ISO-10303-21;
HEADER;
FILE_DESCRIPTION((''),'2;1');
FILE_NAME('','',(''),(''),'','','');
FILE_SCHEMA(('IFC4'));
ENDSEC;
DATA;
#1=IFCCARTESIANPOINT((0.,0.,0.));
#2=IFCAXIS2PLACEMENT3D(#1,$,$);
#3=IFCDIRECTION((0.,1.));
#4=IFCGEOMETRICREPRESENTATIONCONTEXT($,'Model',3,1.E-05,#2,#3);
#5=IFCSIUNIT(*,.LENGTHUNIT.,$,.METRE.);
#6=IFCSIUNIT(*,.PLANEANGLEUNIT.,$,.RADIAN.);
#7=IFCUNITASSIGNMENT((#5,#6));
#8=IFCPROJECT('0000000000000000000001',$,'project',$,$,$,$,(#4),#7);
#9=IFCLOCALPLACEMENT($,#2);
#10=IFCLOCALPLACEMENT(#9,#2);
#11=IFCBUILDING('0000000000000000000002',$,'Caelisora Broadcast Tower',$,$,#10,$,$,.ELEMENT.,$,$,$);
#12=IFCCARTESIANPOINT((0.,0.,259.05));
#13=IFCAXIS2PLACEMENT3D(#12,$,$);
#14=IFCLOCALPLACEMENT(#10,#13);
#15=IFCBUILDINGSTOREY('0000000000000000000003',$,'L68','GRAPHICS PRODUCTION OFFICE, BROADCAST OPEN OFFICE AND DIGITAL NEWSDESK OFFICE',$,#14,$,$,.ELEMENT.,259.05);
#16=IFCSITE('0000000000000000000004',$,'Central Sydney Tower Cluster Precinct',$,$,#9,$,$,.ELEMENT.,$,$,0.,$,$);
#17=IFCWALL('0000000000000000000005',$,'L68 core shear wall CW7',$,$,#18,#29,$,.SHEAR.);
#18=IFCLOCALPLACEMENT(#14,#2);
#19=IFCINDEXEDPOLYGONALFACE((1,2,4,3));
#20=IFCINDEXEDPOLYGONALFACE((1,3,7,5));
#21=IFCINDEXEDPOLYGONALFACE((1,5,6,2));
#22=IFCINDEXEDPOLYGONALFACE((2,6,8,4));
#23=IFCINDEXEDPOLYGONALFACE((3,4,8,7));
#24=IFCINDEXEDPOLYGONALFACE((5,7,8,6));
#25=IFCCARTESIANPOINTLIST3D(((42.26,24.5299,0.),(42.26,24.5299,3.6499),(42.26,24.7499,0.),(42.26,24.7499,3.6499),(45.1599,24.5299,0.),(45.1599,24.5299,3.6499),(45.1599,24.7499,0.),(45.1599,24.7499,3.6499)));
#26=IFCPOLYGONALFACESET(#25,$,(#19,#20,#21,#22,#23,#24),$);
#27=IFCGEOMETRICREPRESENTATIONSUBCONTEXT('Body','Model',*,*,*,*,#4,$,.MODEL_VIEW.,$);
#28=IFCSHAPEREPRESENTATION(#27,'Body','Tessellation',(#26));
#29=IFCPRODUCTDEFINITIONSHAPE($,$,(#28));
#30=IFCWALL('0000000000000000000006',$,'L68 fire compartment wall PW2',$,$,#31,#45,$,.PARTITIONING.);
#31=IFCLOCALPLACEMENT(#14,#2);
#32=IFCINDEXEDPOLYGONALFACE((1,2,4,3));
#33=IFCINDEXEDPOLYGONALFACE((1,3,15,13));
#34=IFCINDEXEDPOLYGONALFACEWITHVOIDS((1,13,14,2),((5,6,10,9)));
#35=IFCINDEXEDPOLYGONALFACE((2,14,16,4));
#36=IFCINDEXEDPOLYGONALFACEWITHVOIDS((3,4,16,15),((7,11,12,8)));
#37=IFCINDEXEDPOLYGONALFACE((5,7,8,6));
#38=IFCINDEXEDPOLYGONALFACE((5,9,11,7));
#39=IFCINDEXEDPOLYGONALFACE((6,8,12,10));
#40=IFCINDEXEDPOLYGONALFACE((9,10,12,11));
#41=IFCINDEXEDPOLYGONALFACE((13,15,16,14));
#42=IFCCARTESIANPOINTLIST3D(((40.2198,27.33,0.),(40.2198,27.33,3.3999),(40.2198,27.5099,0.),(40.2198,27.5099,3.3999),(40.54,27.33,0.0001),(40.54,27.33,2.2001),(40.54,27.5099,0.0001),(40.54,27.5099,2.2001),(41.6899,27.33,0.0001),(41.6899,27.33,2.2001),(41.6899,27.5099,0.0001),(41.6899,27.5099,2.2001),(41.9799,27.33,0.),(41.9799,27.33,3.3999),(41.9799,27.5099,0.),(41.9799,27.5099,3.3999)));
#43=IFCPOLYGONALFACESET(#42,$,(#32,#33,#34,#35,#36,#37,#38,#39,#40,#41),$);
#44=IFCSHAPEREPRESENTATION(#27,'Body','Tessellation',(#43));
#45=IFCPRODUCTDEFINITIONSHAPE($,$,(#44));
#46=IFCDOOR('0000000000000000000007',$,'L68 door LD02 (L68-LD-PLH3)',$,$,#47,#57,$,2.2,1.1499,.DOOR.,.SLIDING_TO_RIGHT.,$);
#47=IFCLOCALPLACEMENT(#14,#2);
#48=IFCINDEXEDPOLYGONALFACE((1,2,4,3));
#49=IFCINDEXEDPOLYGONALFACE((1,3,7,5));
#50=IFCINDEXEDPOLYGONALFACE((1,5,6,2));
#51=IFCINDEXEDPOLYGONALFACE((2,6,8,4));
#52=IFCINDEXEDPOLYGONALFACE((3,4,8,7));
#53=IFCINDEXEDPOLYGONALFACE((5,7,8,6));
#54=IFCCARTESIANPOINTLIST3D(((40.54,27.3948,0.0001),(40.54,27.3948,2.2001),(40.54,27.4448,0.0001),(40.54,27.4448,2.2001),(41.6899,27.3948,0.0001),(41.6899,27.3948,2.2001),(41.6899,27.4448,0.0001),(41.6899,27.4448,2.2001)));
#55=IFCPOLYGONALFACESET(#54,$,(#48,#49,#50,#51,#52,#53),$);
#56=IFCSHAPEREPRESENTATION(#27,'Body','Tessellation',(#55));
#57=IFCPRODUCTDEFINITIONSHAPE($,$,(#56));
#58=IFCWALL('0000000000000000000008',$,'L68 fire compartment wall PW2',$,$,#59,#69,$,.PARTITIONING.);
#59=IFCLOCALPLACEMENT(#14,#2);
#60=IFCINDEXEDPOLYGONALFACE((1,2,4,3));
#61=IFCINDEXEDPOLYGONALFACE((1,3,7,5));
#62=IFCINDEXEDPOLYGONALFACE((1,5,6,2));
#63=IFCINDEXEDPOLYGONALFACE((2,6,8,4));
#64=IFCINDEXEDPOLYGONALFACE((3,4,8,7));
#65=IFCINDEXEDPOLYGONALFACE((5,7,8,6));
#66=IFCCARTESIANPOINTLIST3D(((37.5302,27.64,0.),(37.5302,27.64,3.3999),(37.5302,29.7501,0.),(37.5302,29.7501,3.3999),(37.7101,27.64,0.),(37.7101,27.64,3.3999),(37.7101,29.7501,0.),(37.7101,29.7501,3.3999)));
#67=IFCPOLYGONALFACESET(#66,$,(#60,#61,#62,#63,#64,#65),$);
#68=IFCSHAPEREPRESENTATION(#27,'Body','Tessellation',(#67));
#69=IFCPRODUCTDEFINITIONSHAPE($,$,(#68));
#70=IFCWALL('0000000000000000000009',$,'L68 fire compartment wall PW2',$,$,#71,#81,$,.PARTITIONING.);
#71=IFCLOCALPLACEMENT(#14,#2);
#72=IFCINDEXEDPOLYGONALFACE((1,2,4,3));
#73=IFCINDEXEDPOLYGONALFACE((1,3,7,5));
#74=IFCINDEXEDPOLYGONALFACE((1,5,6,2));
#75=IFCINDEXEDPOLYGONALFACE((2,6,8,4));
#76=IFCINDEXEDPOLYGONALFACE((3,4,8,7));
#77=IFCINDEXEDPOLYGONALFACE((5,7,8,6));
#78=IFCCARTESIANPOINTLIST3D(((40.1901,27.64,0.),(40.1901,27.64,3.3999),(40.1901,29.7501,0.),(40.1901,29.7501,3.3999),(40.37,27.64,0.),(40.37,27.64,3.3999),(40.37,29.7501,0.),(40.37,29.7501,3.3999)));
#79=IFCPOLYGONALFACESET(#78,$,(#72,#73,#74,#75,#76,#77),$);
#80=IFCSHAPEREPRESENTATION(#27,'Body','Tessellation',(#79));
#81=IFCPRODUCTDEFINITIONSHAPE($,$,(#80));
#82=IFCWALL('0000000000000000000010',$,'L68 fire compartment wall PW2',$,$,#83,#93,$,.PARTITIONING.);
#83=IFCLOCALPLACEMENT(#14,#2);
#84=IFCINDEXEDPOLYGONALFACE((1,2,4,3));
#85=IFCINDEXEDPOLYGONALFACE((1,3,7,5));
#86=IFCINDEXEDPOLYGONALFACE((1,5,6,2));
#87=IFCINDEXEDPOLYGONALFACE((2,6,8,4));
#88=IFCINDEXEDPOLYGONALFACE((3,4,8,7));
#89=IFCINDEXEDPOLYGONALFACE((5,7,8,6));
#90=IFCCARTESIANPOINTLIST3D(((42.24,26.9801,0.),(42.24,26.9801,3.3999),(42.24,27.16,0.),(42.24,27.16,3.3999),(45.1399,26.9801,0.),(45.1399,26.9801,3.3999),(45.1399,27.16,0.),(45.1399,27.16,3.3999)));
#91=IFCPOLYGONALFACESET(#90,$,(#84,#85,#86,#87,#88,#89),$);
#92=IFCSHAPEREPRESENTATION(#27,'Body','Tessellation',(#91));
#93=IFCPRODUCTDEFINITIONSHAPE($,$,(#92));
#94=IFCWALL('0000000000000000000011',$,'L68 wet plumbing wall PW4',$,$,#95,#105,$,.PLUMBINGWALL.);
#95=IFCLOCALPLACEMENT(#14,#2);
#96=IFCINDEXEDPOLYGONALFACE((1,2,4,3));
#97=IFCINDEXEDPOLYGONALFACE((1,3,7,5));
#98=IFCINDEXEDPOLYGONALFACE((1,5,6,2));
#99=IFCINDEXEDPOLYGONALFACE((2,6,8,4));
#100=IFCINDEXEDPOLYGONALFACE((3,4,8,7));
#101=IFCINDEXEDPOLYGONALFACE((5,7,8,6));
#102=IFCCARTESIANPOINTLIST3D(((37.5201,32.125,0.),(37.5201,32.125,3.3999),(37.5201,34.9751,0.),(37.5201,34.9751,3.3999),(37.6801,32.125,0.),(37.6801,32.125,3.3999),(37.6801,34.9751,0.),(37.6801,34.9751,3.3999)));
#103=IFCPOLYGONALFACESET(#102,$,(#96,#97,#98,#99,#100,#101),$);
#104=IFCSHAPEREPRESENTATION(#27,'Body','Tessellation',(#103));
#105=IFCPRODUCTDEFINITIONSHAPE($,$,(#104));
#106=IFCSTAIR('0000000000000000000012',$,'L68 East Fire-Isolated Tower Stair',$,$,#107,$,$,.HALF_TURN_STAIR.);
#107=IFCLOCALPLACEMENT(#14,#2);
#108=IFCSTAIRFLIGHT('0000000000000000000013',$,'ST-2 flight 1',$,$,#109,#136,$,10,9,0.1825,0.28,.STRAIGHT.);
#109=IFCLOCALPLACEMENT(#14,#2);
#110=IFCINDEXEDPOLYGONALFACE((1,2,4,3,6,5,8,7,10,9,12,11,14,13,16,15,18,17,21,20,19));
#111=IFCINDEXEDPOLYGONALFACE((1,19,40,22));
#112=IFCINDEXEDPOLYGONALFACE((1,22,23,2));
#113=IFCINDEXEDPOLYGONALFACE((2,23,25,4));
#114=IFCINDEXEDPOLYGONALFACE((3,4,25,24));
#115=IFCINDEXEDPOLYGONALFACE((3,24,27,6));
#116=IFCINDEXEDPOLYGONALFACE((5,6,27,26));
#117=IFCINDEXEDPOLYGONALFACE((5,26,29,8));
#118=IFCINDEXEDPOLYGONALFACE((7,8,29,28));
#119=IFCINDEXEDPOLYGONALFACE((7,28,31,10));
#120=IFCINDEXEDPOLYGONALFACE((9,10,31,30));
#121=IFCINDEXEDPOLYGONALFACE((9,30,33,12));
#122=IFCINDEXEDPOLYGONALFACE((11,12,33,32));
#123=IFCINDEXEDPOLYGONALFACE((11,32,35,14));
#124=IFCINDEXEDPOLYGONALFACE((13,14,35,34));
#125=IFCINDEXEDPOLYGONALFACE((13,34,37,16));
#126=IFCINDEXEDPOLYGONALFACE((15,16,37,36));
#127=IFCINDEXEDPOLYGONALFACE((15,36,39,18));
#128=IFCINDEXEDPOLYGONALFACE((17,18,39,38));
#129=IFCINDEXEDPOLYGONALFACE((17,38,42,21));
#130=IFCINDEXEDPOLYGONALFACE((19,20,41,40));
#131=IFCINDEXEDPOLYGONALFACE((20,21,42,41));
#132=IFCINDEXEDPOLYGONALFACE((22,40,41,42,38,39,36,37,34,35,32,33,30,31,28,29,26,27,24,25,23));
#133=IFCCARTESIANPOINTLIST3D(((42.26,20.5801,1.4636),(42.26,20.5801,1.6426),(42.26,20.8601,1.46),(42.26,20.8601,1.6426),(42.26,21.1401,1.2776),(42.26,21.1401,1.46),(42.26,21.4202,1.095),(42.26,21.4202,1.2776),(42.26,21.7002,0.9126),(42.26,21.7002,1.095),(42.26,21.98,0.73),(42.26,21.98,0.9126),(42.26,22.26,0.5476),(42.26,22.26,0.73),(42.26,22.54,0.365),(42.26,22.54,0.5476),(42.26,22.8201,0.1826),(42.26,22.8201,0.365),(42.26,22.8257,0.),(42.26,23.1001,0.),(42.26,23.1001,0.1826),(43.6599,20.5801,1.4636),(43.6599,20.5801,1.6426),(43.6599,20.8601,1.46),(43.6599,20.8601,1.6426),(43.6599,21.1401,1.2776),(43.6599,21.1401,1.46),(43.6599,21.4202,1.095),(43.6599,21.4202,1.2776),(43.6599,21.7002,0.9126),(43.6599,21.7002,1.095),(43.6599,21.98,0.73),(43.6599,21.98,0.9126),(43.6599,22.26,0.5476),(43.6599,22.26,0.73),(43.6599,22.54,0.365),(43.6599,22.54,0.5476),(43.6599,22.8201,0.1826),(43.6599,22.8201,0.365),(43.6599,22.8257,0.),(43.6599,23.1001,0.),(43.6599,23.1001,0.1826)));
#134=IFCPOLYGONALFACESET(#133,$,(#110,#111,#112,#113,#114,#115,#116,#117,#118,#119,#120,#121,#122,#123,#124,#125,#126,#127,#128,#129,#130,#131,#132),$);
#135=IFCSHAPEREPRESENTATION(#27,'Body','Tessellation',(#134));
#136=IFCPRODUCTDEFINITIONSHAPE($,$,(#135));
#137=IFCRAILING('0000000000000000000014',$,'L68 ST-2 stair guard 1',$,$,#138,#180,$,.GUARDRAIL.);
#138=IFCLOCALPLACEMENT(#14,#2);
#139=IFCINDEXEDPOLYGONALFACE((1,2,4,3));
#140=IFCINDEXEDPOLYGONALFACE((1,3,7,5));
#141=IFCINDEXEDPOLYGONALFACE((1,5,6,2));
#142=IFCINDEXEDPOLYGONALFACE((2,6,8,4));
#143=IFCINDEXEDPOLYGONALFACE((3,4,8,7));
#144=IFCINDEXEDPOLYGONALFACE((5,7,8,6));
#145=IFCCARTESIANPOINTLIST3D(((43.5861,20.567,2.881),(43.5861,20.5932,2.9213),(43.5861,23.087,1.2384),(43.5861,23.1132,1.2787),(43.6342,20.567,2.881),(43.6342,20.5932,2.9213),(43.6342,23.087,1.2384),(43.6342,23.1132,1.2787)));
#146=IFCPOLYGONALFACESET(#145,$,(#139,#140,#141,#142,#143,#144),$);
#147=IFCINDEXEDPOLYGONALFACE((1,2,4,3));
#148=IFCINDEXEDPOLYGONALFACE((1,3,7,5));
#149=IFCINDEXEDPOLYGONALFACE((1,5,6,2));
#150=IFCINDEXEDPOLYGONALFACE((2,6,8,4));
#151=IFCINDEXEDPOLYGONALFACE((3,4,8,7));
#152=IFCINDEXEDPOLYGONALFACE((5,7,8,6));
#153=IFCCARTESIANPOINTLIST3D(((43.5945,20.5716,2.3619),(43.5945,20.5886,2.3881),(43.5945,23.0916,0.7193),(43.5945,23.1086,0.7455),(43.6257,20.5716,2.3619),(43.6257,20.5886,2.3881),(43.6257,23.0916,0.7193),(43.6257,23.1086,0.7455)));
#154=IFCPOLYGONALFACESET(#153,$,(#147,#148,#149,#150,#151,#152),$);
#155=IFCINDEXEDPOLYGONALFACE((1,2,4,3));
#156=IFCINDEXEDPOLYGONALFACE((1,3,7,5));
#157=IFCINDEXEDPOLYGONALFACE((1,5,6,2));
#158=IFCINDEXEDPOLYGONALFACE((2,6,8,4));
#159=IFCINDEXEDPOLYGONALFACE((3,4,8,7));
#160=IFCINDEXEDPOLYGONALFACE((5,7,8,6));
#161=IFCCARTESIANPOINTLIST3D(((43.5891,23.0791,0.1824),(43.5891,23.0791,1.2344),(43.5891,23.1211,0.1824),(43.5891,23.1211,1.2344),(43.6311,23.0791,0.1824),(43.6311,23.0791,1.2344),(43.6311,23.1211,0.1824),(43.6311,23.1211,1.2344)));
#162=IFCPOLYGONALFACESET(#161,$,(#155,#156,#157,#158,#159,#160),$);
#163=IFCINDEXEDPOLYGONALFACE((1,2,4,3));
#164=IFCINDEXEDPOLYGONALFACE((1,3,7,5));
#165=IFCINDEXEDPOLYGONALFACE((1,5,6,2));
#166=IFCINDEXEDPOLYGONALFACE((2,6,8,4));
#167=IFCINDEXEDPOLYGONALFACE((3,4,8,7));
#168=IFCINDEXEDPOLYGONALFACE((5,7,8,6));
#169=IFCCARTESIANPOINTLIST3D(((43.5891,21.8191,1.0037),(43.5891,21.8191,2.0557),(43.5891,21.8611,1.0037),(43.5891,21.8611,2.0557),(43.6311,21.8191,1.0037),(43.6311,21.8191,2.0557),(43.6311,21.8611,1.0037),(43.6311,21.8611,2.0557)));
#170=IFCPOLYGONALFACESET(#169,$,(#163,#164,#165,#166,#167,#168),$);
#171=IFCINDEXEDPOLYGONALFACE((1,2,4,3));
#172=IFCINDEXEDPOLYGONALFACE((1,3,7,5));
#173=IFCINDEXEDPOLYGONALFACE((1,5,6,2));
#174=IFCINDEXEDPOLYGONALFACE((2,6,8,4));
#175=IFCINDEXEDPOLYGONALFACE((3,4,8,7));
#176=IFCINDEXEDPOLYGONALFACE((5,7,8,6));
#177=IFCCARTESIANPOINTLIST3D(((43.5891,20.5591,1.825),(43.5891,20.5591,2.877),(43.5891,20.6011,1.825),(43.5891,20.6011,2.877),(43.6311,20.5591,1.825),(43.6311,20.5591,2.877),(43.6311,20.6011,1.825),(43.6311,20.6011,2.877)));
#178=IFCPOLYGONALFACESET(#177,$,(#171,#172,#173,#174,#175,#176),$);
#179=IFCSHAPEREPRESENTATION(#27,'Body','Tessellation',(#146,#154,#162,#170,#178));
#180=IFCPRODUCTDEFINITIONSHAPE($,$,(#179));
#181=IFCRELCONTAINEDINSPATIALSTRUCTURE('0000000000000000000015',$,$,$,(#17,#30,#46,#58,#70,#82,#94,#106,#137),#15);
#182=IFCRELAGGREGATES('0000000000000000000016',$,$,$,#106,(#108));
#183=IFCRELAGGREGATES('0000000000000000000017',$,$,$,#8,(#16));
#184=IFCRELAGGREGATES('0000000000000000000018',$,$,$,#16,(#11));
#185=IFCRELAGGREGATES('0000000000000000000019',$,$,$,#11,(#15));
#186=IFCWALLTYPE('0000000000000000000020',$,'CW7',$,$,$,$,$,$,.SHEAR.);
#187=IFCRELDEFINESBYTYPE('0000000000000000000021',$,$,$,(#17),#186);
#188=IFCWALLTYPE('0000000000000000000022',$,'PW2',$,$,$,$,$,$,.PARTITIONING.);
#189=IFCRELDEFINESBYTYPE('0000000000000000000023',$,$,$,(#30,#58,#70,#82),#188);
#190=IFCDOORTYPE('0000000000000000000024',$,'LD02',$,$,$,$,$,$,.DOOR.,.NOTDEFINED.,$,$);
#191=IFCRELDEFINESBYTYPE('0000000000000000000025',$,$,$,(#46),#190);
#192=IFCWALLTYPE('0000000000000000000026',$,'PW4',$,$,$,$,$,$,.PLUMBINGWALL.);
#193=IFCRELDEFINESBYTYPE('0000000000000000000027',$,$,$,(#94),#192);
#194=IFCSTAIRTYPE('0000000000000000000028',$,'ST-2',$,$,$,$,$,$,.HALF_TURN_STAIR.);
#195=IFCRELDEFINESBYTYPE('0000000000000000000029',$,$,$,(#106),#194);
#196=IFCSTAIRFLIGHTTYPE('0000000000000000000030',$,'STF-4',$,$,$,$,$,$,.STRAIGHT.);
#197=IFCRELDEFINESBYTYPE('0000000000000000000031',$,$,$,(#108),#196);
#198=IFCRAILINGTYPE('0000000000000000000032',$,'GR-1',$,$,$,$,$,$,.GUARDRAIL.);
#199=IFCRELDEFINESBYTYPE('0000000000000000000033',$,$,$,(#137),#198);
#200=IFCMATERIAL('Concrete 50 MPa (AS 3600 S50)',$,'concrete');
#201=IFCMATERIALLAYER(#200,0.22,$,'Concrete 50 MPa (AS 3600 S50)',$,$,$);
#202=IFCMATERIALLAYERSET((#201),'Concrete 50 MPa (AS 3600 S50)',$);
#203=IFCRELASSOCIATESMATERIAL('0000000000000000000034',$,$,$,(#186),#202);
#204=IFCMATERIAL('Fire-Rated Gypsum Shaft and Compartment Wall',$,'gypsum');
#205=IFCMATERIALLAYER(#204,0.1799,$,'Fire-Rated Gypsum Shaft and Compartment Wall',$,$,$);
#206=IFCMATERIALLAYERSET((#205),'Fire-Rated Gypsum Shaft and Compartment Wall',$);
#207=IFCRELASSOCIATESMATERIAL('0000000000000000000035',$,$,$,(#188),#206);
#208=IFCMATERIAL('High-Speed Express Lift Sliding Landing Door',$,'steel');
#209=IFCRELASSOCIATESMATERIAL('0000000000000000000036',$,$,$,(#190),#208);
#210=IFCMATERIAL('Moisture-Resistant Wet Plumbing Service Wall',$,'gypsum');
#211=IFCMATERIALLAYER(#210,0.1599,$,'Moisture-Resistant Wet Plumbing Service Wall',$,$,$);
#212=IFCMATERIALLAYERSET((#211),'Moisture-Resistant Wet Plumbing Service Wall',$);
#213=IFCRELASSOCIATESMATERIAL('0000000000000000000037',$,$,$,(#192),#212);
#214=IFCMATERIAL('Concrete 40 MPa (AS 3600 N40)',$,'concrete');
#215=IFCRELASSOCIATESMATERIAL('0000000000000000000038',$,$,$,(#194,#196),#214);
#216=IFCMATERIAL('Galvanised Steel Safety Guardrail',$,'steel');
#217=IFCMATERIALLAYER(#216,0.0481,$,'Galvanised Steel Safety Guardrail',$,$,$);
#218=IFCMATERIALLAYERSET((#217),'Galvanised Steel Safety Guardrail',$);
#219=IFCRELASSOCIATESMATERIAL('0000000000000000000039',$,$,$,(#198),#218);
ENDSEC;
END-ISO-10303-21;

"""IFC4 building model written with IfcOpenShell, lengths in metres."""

from ifc_helpers import new_model, si_unit, direction, frame, frame_2d, origin, origin_2d, place, context, subcontext, project, spatial, polyline, rectangle, outline, extrude, material, layer, layer_set, type_object, element, fill, aggregate, save


model = new_model("IFC4")

# Units and contexts
model_context = context("Model", 3, precision=1e-05, world=origin(), true_north=direction((0.0, 1.0)))
body_context = subcontext(model_context, "Body", "Model", "MODEL_VIEW")
ifc_project = project(units=[si_unit("LENGTHUNIT", "METRE"), si_unit("PLANEANGLEUNIT", "RADIAN")], contexts=[model_context])

# Site, building, storey
site_placement = place(None, origin())
site = spatial("IfcSite", under=ifc_project, at=site_placement, Name="Central Sydney Tower Cluster Precinct", CompositionType="ELEMENT", RefElevation=0.0)
building_placement = place(site_placement, origin())
building = spatial("IfcBuilding", under=site, at=building_placement, Name="Caelisora Broadcast Tower", CompositionType="ELEMENT")
storey_placement = place(building_placement, frame((0.0, 0.0, 259.05)))
storey = spatial("IfcBuildingStorey", under=building, at=storey_placement, Name="L68", Description="GRAPHICS PRODUCTION OFFICE, BROADCAST OPEN OFFICE AND DIGITAL NEWSDESK OFFICE", CompositionType="ELEMENT", Elevation=259.05)

# Shared definitions
ifc_material_1 = material(Name="Concrete 50 MPa (AS 3600 S50)", Category="concrete")

# Wall
ifc_material_2 = material(Name="Concrete 40 MPa (AS 3600 N40)", Category="concrete")
ifc_layer_1 = layer(ifc_material_1, 0.22, Name="Concrete 50 MPa (AS 3600 S50)")
ifc_layer_set_1 = layer_set([ifc_layer_1], Name="Concrete 50 MPa (AS 3600 S50)")
wall_type_1 = type_object("IfcWallType", Name="CW7", PredefinedType="SHEAR", material=ifc_layer_set_1)
wall_1_placement = place(storey_placement, frame((42.26, 24.6399, 0.0), z_axis=(0.0, 0.0, 1.0), x_axis=(1.0, 0.0, 0.0)))
element("IfcWall", 1, at=wall_1_placement, inside=storey, type_object=wall_type_1, Name="L68 core shear wall CW7", PredefinedType="SHEAR", context=body_context, shape_type="SweptSolid", body=[
    extrude(rectangle(XDim=2.8999, YDim=0.22, at=frame_2d((1.45, 0.0))), origin(), (0.0, 0.0, 1.0), 3.6499),
])

# Wall, opening, door
ifc_material_3 = material(Name="Fire-Rated Gypsum Shaft and Compartment Wall", Category="gypsum")
ifc_layer_2 = layer(ifc_material_3, 0.1799, Name="Fire-Rated Gypsum Shaft and Compartment Wall")
ifc_layer_set_2 = layer_set([ifc_layer_2], Name="Fire-Rated Gypsum Shaft and Compartment Wall")
wall_type_2 = type_object("IfcWallType", Name="PW2", PredefinedType="PARTITIONING", material=ifc_layer_set_2)
wall_2_placement = place(storey_placement, frame((40.22, 27.4199, 0.0), z_axis=(0.0, 0.0, 1.0), x_axis=(1.0, 0.0, 0.0)))
wall_2 = element("IfcWall", 2, at=wall_2_placement, inside=storey, type_object=wall_type_2, Name="L68 fire compartment wall PW2", PredefinedType="PARTITIONING", context=body_context, shape_type="SweptSolid", body=[
    extrude(rectangle(XDim=1.76, YDim=0.1799, at=frame_2d((0.8799, 0.0))), origin(), (0.0, 0.0, 1.0), 3.3999),
])
opening_placement = place(wall_2_placement, frame((0.3201, 0.0, 0.0)))
opening = element("IfcOpeningElement", 3, at=opening_placement, cuts=wall_2, PredefinedType="OPENING", context=body_context, shape_type="SweptSolid", body=[
    extrude(rectangle(XDim=1.1499, YDim=2.2, at=frame_2d((0.575, 1.1001))), frame((0.0, 0.1021, 0.0), z_axis=(0.0, -1.0, 0.0), x_axis=(1.0, 0.0, 0.0)), (0.0, 0.0, 1.0), 0.2039),
])
ifc_material_4 = material(Name="High-Speed Express Lift Sliding Landing Door", Category="steel")
door_type = type_object("IfcDoorType", Name="LD02", OperationType="NOTDEFINED", PredefinedType="DOOR", material=ifc_material_4)
door_placement = place(opening_placement, origin())
door = element("IfcDoor", 4, at=door_placement, inside=storey, type_object=door_type, Name="L68 door LD02 (L68-LD-PLH3)", OperationType="SLIDING_TO_RIGHT", OverallHeight=2.2, OverallWidth=1.1499, PredefinedType="DOOR", context=body_context, shape_type="SweptSolid", body=[
    extrude(rectangle(XDim=1.1499, YDim=2.2, at=frame_2d((0.575, 1.1001))), frame((0.0, 0.0249, 0.0), z_axis=(0.0, -1.0, 0.0), x_axis=(1.0, 0.0, 0.0)), (0.0, 0.0, 1.0), 0.05),
])
fill(opening, door)

# Walls
for number, where, z_axis, x_axis, name in (
    (5, (37.6201, 27.6399, 0.0), (0.0, 0.0, 1.0), (0.0, 1.0, 0.0), "L68 fire compartment wall PW2"),
    (6, (40.28, 27.6399, 0.0), (0.0, 0.0, 1.0), (0.0, 1.0, 0.0), "L68 fire compartment wall PW2"),
):
    element("IfcWall", number, at=place(storey_placement, frame(where, z_axis=z_axis, x_axis=x_axis)), inside=storey, type_object=wall_type_2, Name=name, PredefinedType="PARTITIONING", context=body_context, shape_type="SweptSolid", body=[
        extrude(rectangle(XDim=2.1101, YDim=0.1799, at=frame_2d((1.0552, 0.0))), origin(), (0.0, 0.0, 1.0), 3.3999),
    ])
wall_3_placement = place(storey_placement, frame((42.24, 27.0701, 0.0), z_axis=(0.0, 0.0, 1.0), x_axis=(1.0, 0.0, 0.0)))
element("IfcWall", 7, at=wall_3_placement, inside=storey, type_object=wall_type_2, Name="L68 fire compartment wall PW2", PredefinedType="PARTITIONING", context=body_context, shape_type="SweptSolid", body=[
    extrude(rectangle(XDim=2.8999, YDim=0.1799, at=frame_2d((1.45, 0.0))), origin(), (0.0, 0.0, 1.0), 3.3999),
])
ifc_material_5 = material(Name="Moisture-Resistant Wet Plumbing Service Wall", Category="gypsum")
ifc_layer_3 = layer(ifc_material_5, 0.1599, Name="Moisture-Resistant Wet Plumbing Service Wall")
ifc_layer_set_3 = layer_set([ifc_layer_3], Name="Moisture-Resistant Wet Plumbing Service Wall")
wall_type_3 = type_object("IfcWallType", Name="PW4", PredefinedType="PLUMBINGWALL", material=ifc_layer_set_3)
wall_4_placement = place(storey_placement, frame((37.6001, 32.125, 0.0), z_axis=(0.0, 0.0, 1.0), x_axis=(0.0, 1.0, 0.0)))
element("IfcWall", 8, at=wall_4_placement, inside=storey, type_object=wall_type_3, Name="L68 wet plumbing wall PW4", PredefinedType="PLUMBINGWALL", context=body_context, shape_type="SweptSolid", body=[
    extrude(rectangle(XDim=2.8501, YDim=0.1599, at=frame_2d((1.425, 0.0))), origin(), (0.0, 0.0, 1.0), 3.3999),
])

# Stair, stair flight
stair_type = type_object("IfcStairType", Name="ST-2", PredefinedType="HALF_TURN_STAIR", material=ifc_material_2)
stair_placement = place(storey_placement, origin())
stair = element("IfcStair", 9, at=stair_placement, inside=storey, type_object=stair_type, Name="L68 East Fire-Isolated Tower Stair", PredefinedType="HALF_TURN_STAIR")
stair_flight_type = type_object("IfcStairFlightType", Name="STF-4", PredefinedType="STRAIGHT", material=ifc_material_2)
stair_flight_placement = place(storey_placement, frame((42.96, 23.1001, 0.0), z_axis=(0.0, 0.0, 1.0), x_axis=(0.0, -1.0, 0.0)))
stair_flight = element("IfcStairFlight", 10, at=stair_flight_placement, type_object=stair_flight_type, Name="ST-2 flight 1", NumberOfRisers=10, NumberOfTreads=9, PredefinedType="STRAIGHT", RiserHeight=0.1825, TreadLength=0.28, context=body_context, shape_type="SweptSolid", body=[
    extrude(outline(polyline([(0.0, 0.0), (0.0, 0.1826), (0.28, 0.1826), (0.28, 0.365), (0.5601, 0.365), (0.5601, 0.5476), (0.8401, 0.5476), (0.8401, 0.73), (1.1201, 0.73), (1.1201, 0.9126), (1.3999, 0.9126), (1.3999, 1.095), (1.6799, 1.095), (1.6799, 1.2776), (1.96, 1.2776), (1.96, 1.46), (2.24, 1.46), (2.24, 1.6426), (2.52, 1.6426), (2.52, 1.825), (2.52, 1.4636), (0.2744, 0.0), (0.0, 0.0)])), frame((0.0, 0.7, 0.0), z_axis=(0.0, -1.0, 0.0), x_axis=(1.0, 0.0, 0.0)), (0.0, 0.0, 1.0), 1.3999),
])
aggregate(stair, [stair_flight])

# Railing
ifc_material_6 = material(Name="Galvanised Steel Safety Guardrail", Category="steel")
ifc_layer_4 = layer(ifc_material_6, 0.0481, Name="Galvanised Steel Safety Guardrail")
ifc_layer_set_4 = layer_set([ifc_layer_4], Name="Galvanised Steel Safety Guardrail")
railing_type_1 = type_object("IfcRailingType", Name="GR-1", PredefinedType="GUARDRAIL", material=ifc_layer_set_4)
railing_1_placement = place(storey_placement, frame((43.6101, 23.1001, 0.1824)))
element("IfcRailing", 11, at=railing_1_placement, inside=storey, type_object=railing_type_1, Name="L68 ST-2 stair guard 1", PredefinedType="GUARDRAIL", context=body_context, shape_type="SweptSolid", body=[
    extrude(rectangle(XDim=0.0481, YDim=0.0481, at=origin_2d()), frame((0.0, 0.0, 1.0762), z_axis=(0.0, -0.837749, 0.546055), x_axis=(1.0, 0.0, 0.0)), (0.0, 0.0, 1.0), 3.0081),
    extrude(rectangle(XDim=0.0312, YDim=0.0312, at=origin_2d()), frame((0.0, 0.0, 0.55), z_axis=(0.0, -0.837749, 0.546055), x_axis=(1.0, 0.0, 0.0)), (0.0, 0.0, 1.0), 3.0081),
    extrude(rectangle(XDim=0.042, YDim=0.042, at=origin_2d()), origin(), (0.0, 0.0, 1.0), 1.052),
    extrude(rectangle(XDim=0.042, YDim=0.042, at=origin_2d()), frame((0.0, -1.26, 0.8213)), (0.0, 0.0, 1.0), 1.052),
    extrude(rectangle(XDim=0.042, YDim=0.042, at=origin_2d()), frame((0.0, -2.52, 1.6426)), (0.0, 0.0, 1.0), 1.052),
])

save(model, "model.ifc")
